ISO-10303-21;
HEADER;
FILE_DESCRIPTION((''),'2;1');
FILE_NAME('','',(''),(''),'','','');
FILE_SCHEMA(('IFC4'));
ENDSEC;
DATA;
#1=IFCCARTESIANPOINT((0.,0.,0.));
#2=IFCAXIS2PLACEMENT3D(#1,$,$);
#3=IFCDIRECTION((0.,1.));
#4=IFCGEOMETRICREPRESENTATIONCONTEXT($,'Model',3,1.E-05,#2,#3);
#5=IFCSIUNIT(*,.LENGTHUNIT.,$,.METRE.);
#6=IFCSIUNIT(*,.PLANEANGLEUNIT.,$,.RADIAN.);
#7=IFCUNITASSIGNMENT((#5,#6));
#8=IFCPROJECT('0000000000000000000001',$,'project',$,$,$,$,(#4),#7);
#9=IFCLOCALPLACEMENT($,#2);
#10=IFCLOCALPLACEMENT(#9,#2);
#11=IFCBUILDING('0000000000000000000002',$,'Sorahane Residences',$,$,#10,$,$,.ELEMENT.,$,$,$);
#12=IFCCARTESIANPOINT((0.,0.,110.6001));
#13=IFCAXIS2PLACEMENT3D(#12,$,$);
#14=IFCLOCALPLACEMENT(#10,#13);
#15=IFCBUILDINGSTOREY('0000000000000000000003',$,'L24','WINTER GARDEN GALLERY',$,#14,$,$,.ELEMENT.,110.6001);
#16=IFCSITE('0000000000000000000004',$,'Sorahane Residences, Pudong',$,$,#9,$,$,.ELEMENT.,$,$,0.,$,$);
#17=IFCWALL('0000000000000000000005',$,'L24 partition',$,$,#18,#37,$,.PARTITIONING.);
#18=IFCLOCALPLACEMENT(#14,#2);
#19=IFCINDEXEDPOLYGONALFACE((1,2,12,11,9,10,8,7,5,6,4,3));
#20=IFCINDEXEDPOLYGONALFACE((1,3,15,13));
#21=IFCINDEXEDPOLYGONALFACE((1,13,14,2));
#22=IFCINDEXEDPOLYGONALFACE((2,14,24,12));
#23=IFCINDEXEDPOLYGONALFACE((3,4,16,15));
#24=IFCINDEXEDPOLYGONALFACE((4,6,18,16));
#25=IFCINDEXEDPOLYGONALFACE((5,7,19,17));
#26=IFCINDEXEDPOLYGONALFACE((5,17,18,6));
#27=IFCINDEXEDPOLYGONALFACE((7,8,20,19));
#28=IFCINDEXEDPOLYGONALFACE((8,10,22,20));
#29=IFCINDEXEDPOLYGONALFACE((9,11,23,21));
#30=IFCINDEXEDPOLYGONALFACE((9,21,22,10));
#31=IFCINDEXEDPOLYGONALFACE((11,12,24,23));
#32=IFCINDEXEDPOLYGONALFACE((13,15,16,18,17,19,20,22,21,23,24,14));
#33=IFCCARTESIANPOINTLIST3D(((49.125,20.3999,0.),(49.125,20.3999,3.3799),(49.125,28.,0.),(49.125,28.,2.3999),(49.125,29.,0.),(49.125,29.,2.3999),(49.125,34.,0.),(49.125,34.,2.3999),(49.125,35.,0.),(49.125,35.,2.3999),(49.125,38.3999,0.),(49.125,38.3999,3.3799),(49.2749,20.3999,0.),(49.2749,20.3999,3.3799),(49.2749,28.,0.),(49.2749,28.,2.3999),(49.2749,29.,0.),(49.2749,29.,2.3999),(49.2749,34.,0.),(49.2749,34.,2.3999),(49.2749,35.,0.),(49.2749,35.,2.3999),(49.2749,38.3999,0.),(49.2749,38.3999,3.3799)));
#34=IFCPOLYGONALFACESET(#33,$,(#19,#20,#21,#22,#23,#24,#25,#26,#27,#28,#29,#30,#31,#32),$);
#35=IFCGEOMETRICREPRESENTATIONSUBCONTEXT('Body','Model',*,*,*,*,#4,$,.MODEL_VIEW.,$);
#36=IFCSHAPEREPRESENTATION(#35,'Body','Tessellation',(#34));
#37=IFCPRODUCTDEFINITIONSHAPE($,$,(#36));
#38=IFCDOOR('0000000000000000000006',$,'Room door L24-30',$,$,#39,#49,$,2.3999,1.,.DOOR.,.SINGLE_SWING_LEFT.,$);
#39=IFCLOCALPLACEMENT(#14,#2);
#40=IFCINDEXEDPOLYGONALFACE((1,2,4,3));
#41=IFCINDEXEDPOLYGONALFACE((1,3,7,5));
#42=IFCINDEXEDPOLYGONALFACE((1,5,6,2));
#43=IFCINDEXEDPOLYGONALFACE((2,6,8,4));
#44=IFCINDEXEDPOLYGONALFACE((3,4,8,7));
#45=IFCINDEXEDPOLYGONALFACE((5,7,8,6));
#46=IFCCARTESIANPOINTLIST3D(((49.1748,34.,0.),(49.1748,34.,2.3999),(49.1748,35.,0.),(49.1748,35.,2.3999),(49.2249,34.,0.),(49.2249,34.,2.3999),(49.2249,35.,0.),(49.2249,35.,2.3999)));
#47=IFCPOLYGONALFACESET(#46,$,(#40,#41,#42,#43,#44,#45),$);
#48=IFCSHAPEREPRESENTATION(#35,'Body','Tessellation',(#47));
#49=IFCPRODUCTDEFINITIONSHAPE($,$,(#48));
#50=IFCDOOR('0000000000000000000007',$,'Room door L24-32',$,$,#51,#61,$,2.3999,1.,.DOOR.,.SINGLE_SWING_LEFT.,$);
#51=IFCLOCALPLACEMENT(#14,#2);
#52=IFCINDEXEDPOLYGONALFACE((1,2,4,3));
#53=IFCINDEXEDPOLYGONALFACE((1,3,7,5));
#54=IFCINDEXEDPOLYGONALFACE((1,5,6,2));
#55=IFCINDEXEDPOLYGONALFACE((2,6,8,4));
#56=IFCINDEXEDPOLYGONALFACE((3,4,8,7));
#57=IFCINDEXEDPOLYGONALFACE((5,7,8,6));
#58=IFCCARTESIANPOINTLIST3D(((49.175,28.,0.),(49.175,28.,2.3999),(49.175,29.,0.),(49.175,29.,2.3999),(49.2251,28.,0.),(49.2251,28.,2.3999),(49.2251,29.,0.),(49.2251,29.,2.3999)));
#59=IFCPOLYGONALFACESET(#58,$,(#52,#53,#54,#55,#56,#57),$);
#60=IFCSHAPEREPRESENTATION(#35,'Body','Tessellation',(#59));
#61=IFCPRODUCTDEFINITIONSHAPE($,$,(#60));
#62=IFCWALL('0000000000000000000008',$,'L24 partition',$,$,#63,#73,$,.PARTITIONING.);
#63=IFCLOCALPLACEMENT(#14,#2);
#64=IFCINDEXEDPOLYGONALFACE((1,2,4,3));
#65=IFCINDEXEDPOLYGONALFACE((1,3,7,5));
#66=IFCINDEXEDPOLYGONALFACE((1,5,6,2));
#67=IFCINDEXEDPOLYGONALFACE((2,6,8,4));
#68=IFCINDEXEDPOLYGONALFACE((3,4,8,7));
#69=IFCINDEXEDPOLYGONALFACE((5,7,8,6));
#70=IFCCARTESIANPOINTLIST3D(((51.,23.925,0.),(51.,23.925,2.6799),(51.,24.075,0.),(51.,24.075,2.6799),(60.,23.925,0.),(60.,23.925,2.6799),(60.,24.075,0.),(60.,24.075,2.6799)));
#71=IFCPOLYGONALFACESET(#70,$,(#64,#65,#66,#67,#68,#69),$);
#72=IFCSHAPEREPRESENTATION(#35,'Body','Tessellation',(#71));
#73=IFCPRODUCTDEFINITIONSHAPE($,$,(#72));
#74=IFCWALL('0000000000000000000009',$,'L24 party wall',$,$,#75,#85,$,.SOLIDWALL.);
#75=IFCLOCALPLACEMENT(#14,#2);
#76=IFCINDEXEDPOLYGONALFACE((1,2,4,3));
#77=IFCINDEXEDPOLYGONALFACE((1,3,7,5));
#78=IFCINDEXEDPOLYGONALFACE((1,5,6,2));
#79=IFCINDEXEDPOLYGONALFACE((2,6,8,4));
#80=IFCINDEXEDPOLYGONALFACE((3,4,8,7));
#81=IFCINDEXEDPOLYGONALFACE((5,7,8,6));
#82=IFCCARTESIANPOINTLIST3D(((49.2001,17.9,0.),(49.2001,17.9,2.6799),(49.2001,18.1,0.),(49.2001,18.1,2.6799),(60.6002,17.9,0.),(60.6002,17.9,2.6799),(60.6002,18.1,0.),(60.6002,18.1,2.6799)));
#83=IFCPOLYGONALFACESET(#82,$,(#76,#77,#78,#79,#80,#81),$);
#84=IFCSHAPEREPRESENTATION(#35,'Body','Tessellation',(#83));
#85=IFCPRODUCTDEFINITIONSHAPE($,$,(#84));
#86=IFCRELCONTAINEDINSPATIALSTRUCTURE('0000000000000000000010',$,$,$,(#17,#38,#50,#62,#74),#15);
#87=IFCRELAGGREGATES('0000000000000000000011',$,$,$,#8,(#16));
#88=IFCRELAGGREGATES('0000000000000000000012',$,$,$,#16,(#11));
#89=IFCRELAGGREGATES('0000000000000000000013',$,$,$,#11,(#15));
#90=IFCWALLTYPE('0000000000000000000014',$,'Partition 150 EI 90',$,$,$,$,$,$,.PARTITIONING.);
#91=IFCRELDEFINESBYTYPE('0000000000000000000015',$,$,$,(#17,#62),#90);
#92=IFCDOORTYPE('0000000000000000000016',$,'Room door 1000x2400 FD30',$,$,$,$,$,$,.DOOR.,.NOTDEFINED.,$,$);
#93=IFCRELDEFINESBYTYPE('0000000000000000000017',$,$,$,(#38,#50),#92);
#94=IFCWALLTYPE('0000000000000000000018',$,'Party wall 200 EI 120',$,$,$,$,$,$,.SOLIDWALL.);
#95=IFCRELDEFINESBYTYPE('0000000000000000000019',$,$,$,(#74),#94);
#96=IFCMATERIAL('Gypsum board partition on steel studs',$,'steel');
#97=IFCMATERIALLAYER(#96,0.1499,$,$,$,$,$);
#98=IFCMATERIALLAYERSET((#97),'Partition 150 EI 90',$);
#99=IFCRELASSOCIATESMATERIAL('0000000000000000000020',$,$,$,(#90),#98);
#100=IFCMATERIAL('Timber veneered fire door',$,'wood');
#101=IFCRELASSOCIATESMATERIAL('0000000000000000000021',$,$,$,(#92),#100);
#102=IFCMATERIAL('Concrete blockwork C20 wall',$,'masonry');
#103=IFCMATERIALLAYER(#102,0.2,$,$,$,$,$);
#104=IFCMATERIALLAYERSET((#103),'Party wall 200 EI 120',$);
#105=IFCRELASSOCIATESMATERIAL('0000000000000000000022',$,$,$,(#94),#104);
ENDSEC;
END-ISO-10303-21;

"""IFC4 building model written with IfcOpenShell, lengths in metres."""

from ifc_helpers import new_model, si_unit, direction, frame, frame_2d, origin, place, context, subcontext, project, spatial, rectangle, extrude, material, layer, layer_set, type_object, element, fill, save


model = new_model("IFC4")

# Units and contexts
model_context = context("Model", 3, precision=1e-05, world=origin(), true_north=direction((0.0, 1.0)))
body_context = subcontext(model_context, "Body", "Model", "MODEL_VIEW")
ifc_project = project(units=[si_unit("LENGTHUNIT", "METRE"), si_unit("PLANEANGLEUNIT", "RADIAN")], contexts=[model_context])

# Site, building, storey
site_placement = place(None, origin())
site = spatial("IfcSite", under=ifc_project, at=site_placement, Name="Sorahane Residences, Pudong", CompositionType="ELEMENT", RefElevation=0.0)
building_placement = place(site_placement, origin())
building = spatial("IfcBuilding", under=site, at=building_placement, Name="Sorahane Residences", CompositionType="ELEMENT")
storey_placement = place(building_placement, frame((0.0, 0.0, 110.6001)))
storey = spatial("IfcBuildingStorey", under=building, at=storey_placement, Name="L24", Description="WINTER GARDEN GALLERY", CompositionType="ELEMENT", Elevation=110.6001)

# Wall, openings, doors
ifc_material_1 = material(Name="Gypsum board partition on steel studs", Category="steel")
ifc_layer_1 = layer(ifc_material_1, 0.1499)
ifc_layer_set_1 = layer_set([ifc_layer_1], Name="Partition 150 EI 90")
wall_type_1 = type_object("IfcWallType", Name="Partition 150 EI 90", PredefinedType="PARTITIONING", material=ifc_layer_set_1)
wall_1_placement = place(storey_placement, frame((49.2, 20.3999, 0.0), z_axis=(0.0, 0.0, 1.0), x_axis=(0.0, 1.0, 0.0)))
wall_1 = element("IfcWall", 1, at=wall_1_placement, inside=storey, type_object=wall_type_1, Name="L24 partition", PredefinedType="PARTITIONING", context=body_context, shape_type="SweptSolid", body=[
    extrude(rectangle(XDim=18.0, YDim=0.1499, at=frame_2d((9.0, 0.0))), origin(), (0.0, 0.0, 1.0), 3.3799),
])
opening_1_placement = place(wall_1_placement, frame((13.6001, 0.0, 0.0)))
opening_1 = element("IfcOpeningElement", 2, at=opening_1_placement, cuts=wall_1, PredefinedType="OPENING", context=body_context, shape_type="SweptSolid", body=[
    extrude(rectangle(XDim=1.0, YDim=2.3999, at=frame_2d((0.5, 1.2))), frame((0.0, 0.085, 0.0), z_axis=(0.0, -1.0, 0.0), x_axis=(1.0, 0.0, 0.0)), (0.0, 0.0, 1.0), 0.1699),
])
opening_2_placement = place(wall_1_placement, frame((7.6001, 0.0, 0.0)))
opening_2 = element("IfcOpeningElement", 3, at=opening_2_placement, cuts=wall_1, PredefinedType="OPENING", context=body_context, shape_type="SweptSolid", body=[
    extrude(rectangle(XDim=1.0, YDim=2.3999, at=frame_2d((0.5, 1.2))), frame((0.0, 0.085, 0.0), z_axis=(0.0, -1.0, 0.0), x_axis=(1.0, 0.0, 0.0)), (0.0, 0.0, 1.0), 0.1699),
])
ifc_material_2 = material(Name="Timber veneered fire door", Category="wood")
door_type_1 = type_object("IfcDoorType", Name="Room door 1000x2400 FD30", OperationType="NOTDEFINED", PredefinedType="DOOR", material=ifc_material_2)
door_1_placement = place(opening_1_placement, frame((1.0, 0.0, 0.0), z_axis=(0.0, 0.0, 1.0), x_axis=(-1.0, 0.0, 0.0)))
door_1 = element("IfcDoor", 4, at=door_1_placement, inside=storey, type_object=door_type_1, Name="Room door L24-30", OperationType="SINGLE_SWING_LEFT", OverallHeight=2.3999, OverallWidth=1.0, PredefinedType="DOOR", context=body_context, shape_type="SweptSolid", body=[
    extrude(rectangle(XDim=1.0, YDim=2.3999, at=frame_2d((0.5, 1.2))), frame((0.0, 0.0249, 0.0), z_axis=(0.0, -1.0, 0.0), x_axis=(1.0, 0.0, 0.0)), (0.0, 0.0, 1.0), 0.05),
])
fill(opening_1, door_1)
door_2_placement = place(opening_2_placement, origin())
door_2 = element("IfcDoor", 5, at=door_2_placement, inside=storey, type_object=door_type_1, Name="Room door L24-32", OperationType="SINGLE_SWING_LEFT", OverallHeight=2.3999, OverallWidth=1.0, PredefinedType="DOOR", context=body_context, shape_type="SweptSolid", body=[
    extrude(rectangle(XDim=1.0, YDim=2.3999, at=frame_2d((0.5, 1.2))), frame((0.0, 0.0249, 0.0), z_axis=(0.0, -1.0, 0.0), x_axis=(1.0, 0.0, 0.0)), (0.0, 0.0, 1.0), 0.05),
])
fill(opening_2, door_2)

# Walls
wall_2_placement = place(storey_placement, frame((51.0, 24.0, 0.0), z_axis=(0.0, 0.0, 1.0), x_axis=(1.0, 0.0, 0.0)))
element("IfcWall", 6, at=wall_2_placement, inside=storey, type_object=wall_type_1, Name="L24 partition", PredefinedType="PARTITIONING", context=body_context, shape_type="SweptSolid", body=[
    extrude(rectangle(XDim=9.0, YDim=0.1499, at=frame_2d((4.5, 0.0))), origin(), (0.0, 0.0, 1.0), 2.6799),
])
ifc_material_3 = material(Name="Concrete blockwork C20 wall", Category="masonry")
ifc_layer_2 = layer(ifc_material_3, 0.2)
ifc_layer_set_2 = layer_set([ifc_layer_2], Name="Party wall 200 EI 120")
wall_type_2 = type_object("IfcWallType", Name="Party wall 200 EI 120", PredefinedType="SOLIDWALL", material=ifc_layer_set_2)
wall_3_placement = place(storey_placement, frame((49.2, 18.0, 0.0), z_axis=(0.0, 0.0, 1.0), x_axis=(1.0, 0.0, 0.0)))
element("IfcWall", 7, at=wall_3_placement, inside=storey, type_object=wall_type_2, Name="L24 party wall", PredefinedType="SOLIDWALL", context=body_context, shape_type="SweptSolid", body=[
    extrude(rectangle(XDim=11.4001, YDim=0.2, at=frame_2d((5.7002, 0.0))), origin(), (0.0, 0.0, 1.0), 2.6799),
])

save(model, "model.ifc")
